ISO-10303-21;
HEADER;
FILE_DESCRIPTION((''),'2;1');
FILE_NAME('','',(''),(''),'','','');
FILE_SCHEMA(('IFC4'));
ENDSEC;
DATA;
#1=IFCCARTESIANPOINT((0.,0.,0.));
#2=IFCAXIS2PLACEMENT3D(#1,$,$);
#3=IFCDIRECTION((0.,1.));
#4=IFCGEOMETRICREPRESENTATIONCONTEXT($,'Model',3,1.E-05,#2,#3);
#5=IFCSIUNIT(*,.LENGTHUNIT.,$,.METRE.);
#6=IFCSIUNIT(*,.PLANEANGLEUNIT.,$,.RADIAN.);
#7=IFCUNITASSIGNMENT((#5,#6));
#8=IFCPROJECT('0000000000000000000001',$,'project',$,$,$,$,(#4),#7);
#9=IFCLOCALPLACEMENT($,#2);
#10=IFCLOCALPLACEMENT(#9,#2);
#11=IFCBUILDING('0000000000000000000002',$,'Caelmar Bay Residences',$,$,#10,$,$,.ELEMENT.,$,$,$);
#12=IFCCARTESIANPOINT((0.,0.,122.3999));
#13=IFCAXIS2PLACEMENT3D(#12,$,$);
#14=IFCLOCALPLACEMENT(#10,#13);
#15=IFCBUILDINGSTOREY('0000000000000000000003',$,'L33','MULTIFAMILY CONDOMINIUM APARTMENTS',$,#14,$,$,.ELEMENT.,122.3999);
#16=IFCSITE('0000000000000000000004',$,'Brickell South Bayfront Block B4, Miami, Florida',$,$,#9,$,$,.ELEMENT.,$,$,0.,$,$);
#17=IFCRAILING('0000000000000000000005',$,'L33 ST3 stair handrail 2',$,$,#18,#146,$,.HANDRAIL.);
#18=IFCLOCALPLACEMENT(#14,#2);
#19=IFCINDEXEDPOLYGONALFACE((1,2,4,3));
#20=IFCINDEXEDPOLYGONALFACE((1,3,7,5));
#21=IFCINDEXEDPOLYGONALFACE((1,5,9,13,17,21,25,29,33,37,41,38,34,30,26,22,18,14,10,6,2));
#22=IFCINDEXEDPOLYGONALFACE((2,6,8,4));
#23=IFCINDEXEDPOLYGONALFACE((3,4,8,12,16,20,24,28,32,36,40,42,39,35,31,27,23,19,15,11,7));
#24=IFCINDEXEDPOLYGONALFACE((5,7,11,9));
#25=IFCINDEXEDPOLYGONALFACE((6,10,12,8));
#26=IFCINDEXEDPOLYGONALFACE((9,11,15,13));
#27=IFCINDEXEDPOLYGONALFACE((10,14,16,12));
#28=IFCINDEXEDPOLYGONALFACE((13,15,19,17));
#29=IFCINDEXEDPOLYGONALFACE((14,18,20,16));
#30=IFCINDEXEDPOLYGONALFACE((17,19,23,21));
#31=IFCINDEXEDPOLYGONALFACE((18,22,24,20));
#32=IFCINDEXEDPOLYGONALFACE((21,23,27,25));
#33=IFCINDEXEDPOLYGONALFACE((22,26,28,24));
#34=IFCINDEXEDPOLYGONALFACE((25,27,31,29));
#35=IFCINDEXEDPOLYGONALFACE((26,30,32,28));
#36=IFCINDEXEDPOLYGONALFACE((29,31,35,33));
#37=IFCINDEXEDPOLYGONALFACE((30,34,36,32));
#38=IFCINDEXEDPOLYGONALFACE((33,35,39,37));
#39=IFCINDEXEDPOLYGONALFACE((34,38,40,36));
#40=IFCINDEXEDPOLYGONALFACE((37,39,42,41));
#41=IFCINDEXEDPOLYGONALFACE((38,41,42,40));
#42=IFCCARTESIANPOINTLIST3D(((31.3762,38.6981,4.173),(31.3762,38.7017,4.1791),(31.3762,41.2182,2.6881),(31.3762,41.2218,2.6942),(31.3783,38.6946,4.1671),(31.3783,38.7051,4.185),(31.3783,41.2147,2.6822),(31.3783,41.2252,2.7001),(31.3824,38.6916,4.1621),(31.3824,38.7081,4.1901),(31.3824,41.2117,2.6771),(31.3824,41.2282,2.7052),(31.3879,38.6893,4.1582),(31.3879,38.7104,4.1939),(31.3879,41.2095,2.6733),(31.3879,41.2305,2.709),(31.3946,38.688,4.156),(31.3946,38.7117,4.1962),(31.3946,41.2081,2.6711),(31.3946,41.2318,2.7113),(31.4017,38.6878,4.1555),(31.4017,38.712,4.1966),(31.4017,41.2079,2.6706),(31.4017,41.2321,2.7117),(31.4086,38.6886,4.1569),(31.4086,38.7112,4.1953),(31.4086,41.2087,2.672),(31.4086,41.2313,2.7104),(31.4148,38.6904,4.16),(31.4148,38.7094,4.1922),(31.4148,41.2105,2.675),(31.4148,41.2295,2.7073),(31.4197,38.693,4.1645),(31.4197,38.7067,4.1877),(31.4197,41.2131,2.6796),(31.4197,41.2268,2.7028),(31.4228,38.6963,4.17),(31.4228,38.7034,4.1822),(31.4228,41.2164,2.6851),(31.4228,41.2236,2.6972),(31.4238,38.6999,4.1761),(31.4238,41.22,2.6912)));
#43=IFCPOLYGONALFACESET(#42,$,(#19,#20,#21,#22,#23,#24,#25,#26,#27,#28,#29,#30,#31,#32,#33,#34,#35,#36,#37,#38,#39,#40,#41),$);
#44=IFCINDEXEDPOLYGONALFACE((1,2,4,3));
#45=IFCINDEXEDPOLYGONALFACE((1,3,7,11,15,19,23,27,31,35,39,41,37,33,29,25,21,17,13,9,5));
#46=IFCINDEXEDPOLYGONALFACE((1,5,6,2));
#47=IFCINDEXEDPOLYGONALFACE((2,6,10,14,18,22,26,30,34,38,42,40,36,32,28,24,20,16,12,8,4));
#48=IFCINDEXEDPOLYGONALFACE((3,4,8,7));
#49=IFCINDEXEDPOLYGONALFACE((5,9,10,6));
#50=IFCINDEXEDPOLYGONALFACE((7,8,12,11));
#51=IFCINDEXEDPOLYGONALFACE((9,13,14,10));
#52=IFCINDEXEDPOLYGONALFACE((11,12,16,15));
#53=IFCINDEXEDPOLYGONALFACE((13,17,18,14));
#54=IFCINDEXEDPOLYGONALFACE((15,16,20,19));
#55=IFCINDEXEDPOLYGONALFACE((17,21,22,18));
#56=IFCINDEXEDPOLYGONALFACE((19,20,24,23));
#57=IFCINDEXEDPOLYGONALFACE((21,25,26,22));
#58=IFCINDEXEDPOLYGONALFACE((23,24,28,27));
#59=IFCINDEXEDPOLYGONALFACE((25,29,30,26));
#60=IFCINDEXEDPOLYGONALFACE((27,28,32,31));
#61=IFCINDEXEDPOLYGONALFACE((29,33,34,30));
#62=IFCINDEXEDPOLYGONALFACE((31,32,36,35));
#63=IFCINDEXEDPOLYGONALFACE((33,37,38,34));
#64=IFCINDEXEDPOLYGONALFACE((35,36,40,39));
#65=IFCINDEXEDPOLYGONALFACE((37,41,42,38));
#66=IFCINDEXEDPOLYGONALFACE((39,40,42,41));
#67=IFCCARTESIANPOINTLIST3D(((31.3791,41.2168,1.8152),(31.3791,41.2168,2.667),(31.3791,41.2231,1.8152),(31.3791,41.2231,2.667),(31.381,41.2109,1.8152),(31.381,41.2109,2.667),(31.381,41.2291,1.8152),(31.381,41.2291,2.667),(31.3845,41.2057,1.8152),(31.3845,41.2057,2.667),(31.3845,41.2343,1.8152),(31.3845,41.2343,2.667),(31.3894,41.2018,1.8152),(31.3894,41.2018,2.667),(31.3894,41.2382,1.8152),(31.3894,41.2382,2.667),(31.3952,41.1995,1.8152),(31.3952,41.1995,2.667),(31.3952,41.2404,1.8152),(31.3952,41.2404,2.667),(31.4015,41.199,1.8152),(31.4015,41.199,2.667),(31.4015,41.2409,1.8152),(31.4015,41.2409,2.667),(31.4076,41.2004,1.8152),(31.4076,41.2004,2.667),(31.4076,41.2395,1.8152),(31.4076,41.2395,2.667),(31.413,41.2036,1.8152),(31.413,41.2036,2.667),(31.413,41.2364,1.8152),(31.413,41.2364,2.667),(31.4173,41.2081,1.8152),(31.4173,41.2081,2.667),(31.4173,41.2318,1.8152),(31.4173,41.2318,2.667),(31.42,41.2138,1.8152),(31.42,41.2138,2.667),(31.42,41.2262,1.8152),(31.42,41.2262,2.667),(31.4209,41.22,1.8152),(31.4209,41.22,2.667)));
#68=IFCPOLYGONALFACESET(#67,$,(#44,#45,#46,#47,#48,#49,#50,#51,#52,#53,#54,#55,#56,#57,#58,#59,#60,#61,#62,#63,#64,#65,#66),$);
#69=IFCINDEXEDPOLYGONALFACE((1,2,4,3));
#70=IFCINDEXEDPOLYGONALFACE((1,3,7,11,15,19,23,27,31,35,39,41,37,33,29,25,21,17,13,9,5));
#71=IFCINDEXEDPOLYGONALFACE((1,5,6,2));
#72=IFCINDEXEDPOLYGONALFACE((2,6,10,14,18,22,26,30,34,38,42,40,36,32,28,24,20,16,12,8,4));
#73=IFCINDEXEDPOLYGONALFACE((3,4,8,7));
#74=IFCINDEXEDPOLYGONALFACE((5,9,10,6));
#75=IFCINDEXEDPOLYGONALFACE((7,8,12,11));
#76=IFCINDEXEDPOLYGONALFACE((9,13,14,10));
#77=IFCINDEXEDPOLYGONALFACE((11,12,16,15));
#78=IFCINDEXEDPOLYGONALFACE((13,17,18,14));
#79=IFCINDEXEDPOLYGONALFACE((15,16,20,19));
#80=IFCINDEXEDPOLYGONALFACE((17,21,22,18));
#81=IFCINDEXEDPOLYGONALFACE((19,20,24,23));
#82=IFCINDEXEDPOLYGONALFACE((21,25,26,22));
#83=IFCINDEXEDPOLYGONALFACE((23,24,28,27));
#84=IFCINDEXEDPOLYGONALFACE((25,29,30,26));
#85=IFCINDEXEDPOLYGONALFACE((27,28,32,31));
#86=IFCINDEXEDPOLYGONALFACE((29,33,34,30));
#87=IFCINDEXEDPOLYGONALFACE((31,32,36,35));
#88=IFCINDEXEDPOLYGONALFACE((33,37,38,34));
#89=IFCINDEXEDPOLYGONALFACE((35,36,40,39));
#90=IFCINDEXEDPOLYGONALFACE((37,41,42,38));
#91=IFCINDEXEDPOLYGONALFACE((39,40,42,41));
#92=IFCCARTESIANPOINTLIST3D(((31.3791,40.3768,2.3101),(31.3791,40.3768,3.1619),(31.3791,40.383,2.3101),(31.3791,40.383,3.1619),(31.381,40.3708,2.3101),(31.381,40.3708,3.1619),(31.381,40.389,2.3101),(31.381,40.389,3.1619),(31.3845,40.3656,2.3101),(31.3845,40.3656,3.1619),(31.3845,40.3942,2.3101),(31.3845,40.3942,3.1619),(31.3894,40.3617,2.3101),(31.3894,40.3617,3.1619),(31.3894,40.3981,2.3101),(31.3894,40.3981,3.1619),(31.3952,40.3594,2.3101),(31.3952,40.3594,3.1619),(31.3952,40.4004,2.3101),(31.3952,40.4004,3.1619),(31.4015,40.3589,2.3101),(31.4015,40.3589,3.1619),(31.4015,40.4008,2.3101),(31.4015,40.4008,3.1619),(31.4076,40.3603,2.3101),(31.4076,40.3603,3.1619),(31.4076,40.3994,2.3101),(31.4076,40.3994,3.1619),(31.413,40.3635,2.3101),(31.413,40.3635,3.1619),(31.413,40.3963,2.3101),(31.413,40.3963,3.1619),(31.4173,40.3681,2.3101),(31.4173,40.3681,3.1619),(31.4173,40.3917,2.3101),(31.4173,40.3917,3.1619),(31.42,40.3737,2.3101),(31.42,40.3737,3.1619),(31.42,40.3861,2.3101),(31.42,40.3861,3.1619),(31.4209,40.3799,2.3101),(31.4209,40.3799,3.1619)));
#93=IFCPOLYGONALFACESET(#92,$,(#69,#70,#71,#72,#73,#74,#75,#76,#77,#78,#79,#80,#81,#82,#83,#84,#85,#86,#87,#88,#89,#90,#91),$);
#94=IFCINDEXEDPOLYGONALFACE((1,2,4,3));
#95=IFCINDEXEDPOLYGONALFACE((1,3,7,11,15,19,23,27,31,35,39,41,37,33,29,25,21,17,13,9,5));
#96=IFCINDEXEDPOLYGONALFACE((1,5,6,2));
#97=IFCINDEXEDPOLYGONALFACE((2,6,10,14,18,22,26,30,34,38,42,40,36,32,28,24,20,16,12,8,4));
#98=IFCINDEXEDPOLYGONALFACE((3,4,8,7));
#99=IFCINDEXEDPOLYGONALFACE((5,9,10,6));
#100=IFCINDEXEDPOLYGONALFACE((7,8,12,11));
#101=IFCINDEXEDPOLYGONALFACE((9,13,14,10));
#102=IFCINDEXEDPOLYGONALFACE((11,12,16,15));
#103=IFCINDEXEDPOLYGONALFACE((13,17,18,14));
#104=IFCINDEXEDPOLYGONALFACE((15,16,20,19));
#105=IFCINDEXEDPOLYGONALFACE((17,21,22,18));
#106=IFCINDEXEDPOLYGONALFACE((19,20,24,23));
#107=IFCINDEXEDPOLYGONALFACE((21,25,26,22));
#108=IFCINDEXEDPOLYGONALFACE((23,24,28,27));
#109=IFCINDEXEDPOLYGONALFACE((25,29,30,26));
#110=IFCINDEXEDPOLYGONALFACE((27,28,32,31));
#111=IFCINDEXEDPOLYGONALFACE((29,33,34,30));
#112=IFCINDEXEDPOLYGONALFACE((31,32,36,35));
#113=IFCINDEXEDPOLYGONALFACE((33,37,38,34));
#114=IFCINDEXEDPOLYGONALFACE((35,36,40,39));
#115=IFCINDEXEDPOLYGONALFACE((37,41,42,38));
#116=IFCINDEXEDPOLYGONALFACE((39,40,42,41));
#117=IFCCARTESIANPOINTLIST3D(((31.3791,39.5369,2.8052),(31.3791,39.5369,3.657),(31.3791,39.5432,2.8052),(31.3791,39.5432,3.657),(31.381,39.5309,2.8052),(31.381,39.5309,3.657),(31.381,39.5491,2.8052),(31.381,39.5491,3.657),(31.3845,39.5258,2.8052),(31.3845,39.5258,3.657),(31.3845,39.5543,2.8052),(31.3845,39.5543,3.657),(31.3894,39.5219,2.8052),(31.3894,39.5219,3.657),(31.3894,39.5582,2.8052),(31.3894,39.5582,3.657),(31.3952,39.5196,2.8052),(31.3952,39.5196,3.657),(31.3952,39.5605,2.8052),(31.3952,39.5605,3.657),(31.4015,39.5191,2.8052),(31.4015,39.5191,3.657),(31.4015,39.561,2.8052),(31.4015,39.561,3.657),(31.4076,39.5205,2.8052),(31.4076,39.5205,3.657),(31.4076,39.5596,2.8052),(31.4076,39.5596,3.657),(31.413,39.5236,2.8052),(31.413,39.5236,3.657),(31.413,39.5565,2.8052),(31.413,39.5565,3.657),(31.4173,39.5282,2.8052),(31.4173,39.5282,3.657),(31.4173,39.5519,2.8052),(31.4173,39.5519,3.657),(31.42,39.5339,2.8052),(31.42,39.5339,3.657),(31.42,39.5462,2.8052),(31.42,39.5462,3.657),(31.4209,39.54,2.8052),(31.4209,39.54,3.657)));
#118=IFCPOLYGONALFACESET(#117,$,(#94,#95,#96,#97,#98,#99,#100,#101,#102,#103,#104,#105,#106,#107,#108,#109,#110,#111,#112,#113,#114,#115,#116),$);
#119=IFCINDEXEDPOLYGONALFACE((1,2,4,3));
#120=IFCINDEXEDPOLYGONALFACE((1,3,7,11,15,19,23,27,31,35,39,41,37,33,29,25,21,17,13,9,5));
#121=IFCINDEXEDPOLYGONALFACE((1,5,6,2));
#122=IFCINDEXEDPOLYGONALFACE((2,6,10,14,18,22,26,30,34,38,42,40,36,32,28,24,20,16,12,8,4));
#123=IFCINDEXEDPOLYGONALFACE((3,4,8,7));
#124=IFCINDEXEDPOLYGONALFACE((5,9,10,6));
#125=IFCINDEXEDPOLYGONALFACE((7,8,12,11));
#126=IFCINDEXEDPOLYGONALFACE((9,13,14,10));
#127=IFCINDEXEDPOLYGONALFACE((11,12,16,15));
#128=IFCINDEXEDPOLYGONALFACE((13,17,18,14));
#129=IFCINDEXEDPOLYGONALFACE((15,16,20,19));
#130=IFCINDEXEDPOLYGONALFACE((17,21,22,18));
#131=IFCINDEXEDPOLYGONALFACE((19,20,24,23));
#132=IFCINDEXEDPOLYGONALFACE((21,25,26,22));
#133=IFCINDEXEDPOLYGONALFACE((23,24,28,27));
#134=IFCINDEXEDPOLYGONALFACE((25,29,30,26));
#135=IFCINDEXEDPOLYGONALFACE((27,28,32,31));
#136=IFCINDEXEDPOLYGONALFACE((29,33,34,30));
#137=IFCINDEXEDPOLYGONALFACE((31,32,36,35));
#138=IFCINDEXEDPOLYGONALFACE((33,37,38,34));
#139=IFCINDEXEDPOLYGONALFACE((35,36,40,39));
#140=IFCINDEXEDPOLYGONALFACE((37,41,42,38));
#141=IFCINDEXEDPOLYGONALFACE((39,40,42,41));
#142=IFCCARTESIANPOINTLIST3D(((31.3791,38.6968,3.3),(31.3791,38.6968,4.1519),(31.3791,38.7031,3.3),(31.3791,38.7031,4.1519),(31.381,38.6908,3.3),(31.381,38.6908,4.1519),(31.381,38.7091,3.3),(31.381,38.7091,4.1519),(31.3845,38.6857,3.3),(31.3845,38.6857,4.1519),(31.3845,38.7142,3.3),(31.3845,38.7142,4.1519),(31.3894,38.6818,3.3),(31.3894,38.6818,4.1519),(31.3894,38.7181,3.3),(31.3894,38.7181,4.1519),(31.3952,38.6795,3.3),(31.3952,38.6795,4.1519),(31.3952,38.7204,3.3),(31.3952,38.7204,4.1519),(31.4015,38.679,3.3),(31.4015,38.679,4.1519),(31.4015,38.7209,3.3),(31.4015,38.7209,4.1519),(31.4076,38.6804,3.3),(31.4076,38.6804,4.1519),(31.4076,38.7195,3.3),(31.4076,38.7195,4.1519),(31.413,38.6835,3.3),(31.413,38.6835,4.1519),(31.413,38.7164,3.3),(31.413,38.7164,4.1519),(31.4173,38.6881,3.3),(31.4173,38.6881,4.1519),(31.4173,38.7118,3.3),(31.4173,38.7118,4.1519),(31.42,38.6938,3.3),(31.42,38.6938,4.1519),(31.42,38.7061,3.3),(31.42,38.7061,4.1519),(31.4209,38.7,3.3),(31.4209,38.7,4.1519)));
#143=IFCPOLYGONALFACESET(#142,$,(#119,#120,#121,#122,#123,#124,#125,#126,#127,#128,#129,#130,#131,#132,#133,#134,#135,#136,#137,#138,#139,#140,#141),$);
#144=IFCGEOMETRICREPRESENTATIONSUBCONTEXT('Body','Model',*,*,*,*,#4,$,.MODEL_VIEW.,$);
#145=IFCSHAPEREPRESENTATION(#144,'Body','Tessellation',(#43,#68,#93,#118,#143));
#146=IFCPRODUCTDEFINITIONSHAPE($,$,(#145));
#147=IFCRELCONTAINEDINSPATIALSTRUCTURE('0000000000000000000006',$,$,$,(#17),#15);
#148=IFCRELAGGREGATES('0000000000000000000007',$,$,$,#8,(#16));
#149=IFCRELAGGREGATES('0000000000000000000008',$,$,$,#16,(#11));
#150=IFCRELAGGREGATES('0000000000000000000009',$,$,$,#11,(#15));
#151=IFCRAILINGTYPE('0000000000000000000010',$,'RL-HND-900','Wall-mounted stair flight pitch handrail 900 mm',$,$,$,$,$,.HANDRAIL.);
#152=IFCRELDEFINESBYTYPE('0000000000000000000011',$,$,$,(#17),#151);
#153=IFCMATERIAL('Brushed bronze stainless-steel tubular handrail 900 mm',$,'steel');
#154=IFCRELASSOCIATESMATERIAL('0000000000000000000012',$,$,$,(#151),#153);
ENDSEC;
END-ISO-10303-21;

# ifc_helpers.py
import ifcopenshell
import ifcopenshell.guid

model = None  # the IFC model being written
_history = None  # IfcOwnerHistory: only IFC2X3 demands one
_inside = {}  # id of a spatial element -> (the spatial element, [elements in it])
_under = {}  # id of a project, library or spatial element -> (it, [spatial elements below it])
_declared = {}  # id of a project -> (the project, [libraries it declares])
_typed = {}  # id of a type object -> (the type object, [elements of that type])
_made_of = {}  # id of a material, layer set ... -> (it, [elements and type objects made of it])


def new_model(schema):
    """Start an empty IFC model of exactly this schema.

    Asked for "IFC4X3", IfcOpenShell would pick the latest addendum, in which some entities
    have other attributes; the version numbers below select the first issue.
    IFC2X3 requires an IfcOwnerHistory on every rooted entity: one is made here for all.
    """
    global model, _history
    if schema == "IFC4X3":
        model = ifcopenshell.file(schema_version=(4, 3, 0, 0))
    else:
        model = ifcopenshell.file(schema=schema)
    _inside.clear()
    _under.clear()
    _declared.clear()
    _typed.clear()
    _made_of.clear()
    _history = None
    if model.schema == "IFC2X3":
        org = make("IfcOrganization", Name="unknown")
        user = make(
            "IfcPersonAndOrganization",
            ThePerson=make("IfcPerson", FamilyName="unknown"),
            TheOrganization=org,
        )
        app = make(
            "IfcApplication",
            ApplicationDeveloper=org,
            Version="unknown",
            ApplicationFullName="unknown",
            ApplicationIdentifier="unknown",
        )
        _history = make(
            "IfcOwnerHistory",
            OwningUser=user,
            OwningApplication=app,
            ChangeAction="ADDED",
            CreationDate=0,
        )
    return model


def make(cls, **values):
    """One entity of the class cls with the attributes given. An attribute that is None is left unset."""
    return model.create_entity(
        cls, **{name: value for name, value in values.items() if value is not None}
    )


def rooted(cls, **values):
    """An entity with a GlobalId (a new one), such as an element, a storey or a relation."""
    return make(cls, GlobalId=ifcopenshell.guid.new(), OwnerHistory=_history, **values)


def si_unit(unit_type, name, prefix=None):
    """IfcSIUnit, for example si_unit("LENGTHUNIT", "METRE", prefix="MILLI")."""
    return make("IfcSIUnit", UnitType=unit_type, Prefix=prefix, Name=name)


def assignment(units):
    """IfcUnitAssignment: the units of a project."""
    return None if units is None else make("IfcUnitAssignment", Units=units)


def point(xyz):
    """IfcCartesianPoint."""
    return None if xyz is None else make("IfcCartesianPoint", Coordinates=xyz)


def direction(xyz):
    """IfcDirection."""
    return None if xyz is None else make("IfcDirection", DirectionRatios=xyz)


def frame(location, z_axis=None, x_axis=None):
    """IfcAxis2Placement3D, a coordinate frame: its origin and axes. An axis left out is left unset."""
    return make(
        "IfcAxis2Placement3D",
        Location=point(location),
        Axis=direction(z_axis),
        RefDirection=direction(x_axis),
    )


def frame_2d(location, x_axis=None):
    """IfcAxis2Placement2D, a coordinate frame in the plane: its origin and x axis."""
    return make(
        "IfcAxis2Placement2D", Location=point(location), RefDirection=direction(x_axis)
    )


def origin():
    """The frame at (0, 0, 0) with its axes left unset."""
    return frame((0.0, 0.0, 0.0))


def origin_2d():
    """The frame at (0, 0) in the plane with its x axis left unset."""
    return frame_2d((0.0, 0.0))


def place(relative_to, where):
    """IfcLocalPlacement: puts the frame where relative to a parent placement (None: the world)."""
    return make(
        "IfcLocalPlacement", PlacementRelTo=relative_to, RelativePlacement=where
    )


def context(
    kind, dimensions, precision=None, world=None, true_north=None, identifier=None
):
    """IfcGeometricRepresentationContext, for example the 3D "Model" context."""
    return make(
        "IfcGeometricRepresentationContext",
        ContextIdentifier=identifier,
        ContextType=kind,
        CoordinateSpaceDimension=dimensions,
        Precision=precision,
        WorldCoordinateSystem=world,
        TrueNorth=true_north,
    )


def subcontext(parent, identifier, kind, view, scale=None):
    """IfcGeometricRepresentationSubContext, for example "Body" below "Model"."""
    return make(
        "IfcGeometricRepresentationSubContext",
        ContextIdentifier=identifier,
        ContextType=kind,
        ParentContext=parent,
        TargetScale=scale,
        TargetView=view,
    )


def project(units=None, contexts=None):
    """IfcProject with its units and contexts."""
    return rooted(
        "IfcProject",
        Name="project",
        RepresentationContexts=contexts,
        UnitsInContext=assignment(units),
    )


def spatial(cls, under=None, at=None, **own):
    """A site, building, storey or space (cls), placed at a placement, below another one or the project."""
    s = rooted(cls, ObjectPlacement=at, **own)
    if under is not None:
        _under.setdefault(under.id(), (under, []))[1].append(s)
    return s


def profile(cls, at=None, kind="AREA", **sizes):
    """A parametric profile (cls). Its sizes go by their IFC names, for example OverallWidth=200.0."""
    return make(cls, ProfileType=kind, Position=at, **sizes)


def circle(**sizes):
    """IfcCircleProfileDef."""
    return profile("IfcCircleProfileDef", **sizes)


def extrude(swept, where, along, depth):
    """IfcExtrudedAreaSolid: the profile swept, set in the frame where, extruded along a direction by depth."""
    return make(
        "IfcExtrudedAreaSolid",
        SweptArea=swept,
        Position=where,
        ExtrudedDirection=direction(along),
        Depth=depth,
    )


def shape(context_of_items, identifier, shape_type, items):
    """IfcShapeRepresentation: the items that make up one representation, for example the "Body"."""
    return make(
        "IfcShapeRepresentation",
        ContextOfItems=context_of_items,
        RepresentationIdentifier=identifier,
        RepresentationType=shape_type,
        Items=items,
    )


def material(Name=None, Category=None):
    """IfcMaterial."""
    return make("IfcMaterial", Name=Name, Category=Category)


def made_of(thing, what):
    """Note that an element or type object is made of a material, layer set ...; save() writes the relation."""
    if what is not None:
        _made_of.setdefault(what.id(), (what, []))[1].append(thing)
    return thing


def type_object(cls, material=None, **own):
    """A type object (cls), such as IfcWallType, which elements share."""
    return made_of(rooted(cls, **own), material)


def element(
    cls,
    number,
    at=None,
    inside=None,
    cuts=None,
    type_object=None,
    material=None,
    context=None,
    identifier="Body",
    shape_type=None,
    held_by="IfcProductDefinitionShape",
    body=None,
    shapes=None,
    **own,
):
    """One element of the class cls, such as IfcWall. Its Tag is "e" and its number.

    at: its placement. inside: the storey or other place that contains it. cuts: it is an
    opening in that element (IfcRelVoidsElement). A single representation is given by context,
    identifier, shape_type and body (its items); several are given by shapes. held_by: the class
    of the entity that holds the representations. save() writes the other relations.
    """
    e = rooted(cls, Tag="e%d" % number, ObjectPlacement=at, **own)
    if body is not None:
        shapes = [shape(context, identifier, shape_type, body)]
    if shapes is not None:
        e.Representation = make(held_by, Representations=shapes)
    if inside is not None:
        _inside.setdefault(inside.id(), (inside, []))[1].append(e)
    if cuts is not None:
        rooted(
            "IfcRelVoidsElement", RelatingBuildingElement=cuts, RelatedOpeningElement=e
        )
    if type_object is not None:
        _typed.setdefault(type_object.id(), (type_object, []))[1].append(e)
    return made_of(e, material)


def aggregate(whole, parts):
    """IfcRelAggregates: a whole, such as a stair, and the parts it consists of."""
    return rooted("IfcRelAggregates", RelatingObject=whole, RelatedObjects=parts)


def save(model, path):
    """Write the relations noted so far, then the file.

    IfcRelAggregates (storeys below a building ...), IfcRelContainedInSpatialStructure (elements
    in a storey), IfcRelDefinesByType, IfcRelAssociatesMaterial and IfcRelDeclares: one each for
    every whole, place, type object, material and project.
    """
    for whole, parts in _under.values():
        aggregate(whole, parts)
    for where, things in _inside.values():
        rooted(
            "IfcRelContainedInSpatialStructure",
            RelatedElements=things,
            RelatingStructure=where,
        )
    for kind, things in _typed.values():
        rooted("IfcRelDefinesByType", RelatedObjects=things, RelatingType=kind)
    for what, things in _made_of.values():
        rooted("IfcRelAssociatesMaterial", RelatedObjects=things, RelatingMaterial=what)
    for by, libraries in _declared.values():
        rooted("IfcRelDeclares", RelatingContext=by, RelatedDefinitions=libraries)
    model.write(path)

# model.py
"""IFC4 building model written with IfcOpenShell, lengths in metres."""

from ifc_helpers import new_model, si_unit, direction, frame, origin, origin_2d, place, context, subcontext, project, spatial, circle, extrude, material, type_object, element, save


model = new_model("IFC4")

# Units and contexts
model_context = context("Model", 3, precision=1e-05, world=origin(), true_north=direction((0.0, 1.0)))
body_context = subcontext(model_context, "Body", "Model", "MODEL_VIEW")
ifc_project = project(units=[si_unit("LENGTHUNIT", "METRE"), si_unit("PLANEANGLEUNIT", "RADIAN")], contexts=[model_context])

# Site, building, storey
site_placement = place(None, origin())
site = spatial("IfcSite", under=ifc_project, at=site_placement, Name="Brickell South Bayfront Block B4, Miami, Florida", CompositionType="ELEMENT", RefElevation=0.0)
building_placement = place(site_placement, origin())
building = spatial("IfcBuilding", under=site, at=building_placement, Name="Caelmar Bay Residences", CompositionType="ELEMENT")
storey_placement = place(building_placement, frame((0.0, 0.0, 122.3999)))
storey = spatial("IfcBuildingStorey", under=building, at=storey_placement, Name="L33", Description="MULTIFAMILY CONDOMINIUM APARTMENTS", CompositionType="ELEMENT", Elevation=122.3999)

# Railing
ifc_material_1 = material(Name="Brushed bronze stainless-steel tubular handrail 900 mm", Category="steel")
railing_type_1 = type_object("IfcRailingType", Name="RL-HND-900", Description="Wall-mounted stair flight pitch handrail 900 mm", PredefinedType="HANDRAIL", material=ifc_material_1)
railing_1_placement = place(storey_placement, frame((31.3999, 41.22, 1.8152)))
element("IfcRailing", 1, at=railing_1_placement, inside=storey, type_object=railing_type_1, Name="L33 ST3 stair handrail 2", PredefinedType="HANDRAIL", context=body_context, shape_type="SweptSolid", body=[
    extrude(circle(Radius=0.0239, at=origin_2d()), frame((0.0, 0.0, 0.876), z_axis=(0.0, -0.861561, 0.507655), x_axis=(1.0, 0.0, 0.0)), (0.0, 0.0, 1.0), 2.925),
    extrude(circle(Radius=0.021, at=origin_2d()), origin(), (0.0, 0.0, 1.0), 0.8518),
    extrude(circle(Radius=0.021, at=origin_2d()), frame((0.0, -0.8401, 0.4949)), (0.0, 0.0, 1.0), 0.8518),
    extrude(circle(Radius=0.021, at=origin_2d()), frame((0.0, -1.6799, 0.99)), (0.0, 0.0, 1.0), 0.8518),
    extrude(circle(Radius=0.021, at=origin_2d()), frame((0.0, -2.52, 1.4849)), (0.0, 0.0, 1.0), 0.8518),
])

save(model, "model.ifc")
